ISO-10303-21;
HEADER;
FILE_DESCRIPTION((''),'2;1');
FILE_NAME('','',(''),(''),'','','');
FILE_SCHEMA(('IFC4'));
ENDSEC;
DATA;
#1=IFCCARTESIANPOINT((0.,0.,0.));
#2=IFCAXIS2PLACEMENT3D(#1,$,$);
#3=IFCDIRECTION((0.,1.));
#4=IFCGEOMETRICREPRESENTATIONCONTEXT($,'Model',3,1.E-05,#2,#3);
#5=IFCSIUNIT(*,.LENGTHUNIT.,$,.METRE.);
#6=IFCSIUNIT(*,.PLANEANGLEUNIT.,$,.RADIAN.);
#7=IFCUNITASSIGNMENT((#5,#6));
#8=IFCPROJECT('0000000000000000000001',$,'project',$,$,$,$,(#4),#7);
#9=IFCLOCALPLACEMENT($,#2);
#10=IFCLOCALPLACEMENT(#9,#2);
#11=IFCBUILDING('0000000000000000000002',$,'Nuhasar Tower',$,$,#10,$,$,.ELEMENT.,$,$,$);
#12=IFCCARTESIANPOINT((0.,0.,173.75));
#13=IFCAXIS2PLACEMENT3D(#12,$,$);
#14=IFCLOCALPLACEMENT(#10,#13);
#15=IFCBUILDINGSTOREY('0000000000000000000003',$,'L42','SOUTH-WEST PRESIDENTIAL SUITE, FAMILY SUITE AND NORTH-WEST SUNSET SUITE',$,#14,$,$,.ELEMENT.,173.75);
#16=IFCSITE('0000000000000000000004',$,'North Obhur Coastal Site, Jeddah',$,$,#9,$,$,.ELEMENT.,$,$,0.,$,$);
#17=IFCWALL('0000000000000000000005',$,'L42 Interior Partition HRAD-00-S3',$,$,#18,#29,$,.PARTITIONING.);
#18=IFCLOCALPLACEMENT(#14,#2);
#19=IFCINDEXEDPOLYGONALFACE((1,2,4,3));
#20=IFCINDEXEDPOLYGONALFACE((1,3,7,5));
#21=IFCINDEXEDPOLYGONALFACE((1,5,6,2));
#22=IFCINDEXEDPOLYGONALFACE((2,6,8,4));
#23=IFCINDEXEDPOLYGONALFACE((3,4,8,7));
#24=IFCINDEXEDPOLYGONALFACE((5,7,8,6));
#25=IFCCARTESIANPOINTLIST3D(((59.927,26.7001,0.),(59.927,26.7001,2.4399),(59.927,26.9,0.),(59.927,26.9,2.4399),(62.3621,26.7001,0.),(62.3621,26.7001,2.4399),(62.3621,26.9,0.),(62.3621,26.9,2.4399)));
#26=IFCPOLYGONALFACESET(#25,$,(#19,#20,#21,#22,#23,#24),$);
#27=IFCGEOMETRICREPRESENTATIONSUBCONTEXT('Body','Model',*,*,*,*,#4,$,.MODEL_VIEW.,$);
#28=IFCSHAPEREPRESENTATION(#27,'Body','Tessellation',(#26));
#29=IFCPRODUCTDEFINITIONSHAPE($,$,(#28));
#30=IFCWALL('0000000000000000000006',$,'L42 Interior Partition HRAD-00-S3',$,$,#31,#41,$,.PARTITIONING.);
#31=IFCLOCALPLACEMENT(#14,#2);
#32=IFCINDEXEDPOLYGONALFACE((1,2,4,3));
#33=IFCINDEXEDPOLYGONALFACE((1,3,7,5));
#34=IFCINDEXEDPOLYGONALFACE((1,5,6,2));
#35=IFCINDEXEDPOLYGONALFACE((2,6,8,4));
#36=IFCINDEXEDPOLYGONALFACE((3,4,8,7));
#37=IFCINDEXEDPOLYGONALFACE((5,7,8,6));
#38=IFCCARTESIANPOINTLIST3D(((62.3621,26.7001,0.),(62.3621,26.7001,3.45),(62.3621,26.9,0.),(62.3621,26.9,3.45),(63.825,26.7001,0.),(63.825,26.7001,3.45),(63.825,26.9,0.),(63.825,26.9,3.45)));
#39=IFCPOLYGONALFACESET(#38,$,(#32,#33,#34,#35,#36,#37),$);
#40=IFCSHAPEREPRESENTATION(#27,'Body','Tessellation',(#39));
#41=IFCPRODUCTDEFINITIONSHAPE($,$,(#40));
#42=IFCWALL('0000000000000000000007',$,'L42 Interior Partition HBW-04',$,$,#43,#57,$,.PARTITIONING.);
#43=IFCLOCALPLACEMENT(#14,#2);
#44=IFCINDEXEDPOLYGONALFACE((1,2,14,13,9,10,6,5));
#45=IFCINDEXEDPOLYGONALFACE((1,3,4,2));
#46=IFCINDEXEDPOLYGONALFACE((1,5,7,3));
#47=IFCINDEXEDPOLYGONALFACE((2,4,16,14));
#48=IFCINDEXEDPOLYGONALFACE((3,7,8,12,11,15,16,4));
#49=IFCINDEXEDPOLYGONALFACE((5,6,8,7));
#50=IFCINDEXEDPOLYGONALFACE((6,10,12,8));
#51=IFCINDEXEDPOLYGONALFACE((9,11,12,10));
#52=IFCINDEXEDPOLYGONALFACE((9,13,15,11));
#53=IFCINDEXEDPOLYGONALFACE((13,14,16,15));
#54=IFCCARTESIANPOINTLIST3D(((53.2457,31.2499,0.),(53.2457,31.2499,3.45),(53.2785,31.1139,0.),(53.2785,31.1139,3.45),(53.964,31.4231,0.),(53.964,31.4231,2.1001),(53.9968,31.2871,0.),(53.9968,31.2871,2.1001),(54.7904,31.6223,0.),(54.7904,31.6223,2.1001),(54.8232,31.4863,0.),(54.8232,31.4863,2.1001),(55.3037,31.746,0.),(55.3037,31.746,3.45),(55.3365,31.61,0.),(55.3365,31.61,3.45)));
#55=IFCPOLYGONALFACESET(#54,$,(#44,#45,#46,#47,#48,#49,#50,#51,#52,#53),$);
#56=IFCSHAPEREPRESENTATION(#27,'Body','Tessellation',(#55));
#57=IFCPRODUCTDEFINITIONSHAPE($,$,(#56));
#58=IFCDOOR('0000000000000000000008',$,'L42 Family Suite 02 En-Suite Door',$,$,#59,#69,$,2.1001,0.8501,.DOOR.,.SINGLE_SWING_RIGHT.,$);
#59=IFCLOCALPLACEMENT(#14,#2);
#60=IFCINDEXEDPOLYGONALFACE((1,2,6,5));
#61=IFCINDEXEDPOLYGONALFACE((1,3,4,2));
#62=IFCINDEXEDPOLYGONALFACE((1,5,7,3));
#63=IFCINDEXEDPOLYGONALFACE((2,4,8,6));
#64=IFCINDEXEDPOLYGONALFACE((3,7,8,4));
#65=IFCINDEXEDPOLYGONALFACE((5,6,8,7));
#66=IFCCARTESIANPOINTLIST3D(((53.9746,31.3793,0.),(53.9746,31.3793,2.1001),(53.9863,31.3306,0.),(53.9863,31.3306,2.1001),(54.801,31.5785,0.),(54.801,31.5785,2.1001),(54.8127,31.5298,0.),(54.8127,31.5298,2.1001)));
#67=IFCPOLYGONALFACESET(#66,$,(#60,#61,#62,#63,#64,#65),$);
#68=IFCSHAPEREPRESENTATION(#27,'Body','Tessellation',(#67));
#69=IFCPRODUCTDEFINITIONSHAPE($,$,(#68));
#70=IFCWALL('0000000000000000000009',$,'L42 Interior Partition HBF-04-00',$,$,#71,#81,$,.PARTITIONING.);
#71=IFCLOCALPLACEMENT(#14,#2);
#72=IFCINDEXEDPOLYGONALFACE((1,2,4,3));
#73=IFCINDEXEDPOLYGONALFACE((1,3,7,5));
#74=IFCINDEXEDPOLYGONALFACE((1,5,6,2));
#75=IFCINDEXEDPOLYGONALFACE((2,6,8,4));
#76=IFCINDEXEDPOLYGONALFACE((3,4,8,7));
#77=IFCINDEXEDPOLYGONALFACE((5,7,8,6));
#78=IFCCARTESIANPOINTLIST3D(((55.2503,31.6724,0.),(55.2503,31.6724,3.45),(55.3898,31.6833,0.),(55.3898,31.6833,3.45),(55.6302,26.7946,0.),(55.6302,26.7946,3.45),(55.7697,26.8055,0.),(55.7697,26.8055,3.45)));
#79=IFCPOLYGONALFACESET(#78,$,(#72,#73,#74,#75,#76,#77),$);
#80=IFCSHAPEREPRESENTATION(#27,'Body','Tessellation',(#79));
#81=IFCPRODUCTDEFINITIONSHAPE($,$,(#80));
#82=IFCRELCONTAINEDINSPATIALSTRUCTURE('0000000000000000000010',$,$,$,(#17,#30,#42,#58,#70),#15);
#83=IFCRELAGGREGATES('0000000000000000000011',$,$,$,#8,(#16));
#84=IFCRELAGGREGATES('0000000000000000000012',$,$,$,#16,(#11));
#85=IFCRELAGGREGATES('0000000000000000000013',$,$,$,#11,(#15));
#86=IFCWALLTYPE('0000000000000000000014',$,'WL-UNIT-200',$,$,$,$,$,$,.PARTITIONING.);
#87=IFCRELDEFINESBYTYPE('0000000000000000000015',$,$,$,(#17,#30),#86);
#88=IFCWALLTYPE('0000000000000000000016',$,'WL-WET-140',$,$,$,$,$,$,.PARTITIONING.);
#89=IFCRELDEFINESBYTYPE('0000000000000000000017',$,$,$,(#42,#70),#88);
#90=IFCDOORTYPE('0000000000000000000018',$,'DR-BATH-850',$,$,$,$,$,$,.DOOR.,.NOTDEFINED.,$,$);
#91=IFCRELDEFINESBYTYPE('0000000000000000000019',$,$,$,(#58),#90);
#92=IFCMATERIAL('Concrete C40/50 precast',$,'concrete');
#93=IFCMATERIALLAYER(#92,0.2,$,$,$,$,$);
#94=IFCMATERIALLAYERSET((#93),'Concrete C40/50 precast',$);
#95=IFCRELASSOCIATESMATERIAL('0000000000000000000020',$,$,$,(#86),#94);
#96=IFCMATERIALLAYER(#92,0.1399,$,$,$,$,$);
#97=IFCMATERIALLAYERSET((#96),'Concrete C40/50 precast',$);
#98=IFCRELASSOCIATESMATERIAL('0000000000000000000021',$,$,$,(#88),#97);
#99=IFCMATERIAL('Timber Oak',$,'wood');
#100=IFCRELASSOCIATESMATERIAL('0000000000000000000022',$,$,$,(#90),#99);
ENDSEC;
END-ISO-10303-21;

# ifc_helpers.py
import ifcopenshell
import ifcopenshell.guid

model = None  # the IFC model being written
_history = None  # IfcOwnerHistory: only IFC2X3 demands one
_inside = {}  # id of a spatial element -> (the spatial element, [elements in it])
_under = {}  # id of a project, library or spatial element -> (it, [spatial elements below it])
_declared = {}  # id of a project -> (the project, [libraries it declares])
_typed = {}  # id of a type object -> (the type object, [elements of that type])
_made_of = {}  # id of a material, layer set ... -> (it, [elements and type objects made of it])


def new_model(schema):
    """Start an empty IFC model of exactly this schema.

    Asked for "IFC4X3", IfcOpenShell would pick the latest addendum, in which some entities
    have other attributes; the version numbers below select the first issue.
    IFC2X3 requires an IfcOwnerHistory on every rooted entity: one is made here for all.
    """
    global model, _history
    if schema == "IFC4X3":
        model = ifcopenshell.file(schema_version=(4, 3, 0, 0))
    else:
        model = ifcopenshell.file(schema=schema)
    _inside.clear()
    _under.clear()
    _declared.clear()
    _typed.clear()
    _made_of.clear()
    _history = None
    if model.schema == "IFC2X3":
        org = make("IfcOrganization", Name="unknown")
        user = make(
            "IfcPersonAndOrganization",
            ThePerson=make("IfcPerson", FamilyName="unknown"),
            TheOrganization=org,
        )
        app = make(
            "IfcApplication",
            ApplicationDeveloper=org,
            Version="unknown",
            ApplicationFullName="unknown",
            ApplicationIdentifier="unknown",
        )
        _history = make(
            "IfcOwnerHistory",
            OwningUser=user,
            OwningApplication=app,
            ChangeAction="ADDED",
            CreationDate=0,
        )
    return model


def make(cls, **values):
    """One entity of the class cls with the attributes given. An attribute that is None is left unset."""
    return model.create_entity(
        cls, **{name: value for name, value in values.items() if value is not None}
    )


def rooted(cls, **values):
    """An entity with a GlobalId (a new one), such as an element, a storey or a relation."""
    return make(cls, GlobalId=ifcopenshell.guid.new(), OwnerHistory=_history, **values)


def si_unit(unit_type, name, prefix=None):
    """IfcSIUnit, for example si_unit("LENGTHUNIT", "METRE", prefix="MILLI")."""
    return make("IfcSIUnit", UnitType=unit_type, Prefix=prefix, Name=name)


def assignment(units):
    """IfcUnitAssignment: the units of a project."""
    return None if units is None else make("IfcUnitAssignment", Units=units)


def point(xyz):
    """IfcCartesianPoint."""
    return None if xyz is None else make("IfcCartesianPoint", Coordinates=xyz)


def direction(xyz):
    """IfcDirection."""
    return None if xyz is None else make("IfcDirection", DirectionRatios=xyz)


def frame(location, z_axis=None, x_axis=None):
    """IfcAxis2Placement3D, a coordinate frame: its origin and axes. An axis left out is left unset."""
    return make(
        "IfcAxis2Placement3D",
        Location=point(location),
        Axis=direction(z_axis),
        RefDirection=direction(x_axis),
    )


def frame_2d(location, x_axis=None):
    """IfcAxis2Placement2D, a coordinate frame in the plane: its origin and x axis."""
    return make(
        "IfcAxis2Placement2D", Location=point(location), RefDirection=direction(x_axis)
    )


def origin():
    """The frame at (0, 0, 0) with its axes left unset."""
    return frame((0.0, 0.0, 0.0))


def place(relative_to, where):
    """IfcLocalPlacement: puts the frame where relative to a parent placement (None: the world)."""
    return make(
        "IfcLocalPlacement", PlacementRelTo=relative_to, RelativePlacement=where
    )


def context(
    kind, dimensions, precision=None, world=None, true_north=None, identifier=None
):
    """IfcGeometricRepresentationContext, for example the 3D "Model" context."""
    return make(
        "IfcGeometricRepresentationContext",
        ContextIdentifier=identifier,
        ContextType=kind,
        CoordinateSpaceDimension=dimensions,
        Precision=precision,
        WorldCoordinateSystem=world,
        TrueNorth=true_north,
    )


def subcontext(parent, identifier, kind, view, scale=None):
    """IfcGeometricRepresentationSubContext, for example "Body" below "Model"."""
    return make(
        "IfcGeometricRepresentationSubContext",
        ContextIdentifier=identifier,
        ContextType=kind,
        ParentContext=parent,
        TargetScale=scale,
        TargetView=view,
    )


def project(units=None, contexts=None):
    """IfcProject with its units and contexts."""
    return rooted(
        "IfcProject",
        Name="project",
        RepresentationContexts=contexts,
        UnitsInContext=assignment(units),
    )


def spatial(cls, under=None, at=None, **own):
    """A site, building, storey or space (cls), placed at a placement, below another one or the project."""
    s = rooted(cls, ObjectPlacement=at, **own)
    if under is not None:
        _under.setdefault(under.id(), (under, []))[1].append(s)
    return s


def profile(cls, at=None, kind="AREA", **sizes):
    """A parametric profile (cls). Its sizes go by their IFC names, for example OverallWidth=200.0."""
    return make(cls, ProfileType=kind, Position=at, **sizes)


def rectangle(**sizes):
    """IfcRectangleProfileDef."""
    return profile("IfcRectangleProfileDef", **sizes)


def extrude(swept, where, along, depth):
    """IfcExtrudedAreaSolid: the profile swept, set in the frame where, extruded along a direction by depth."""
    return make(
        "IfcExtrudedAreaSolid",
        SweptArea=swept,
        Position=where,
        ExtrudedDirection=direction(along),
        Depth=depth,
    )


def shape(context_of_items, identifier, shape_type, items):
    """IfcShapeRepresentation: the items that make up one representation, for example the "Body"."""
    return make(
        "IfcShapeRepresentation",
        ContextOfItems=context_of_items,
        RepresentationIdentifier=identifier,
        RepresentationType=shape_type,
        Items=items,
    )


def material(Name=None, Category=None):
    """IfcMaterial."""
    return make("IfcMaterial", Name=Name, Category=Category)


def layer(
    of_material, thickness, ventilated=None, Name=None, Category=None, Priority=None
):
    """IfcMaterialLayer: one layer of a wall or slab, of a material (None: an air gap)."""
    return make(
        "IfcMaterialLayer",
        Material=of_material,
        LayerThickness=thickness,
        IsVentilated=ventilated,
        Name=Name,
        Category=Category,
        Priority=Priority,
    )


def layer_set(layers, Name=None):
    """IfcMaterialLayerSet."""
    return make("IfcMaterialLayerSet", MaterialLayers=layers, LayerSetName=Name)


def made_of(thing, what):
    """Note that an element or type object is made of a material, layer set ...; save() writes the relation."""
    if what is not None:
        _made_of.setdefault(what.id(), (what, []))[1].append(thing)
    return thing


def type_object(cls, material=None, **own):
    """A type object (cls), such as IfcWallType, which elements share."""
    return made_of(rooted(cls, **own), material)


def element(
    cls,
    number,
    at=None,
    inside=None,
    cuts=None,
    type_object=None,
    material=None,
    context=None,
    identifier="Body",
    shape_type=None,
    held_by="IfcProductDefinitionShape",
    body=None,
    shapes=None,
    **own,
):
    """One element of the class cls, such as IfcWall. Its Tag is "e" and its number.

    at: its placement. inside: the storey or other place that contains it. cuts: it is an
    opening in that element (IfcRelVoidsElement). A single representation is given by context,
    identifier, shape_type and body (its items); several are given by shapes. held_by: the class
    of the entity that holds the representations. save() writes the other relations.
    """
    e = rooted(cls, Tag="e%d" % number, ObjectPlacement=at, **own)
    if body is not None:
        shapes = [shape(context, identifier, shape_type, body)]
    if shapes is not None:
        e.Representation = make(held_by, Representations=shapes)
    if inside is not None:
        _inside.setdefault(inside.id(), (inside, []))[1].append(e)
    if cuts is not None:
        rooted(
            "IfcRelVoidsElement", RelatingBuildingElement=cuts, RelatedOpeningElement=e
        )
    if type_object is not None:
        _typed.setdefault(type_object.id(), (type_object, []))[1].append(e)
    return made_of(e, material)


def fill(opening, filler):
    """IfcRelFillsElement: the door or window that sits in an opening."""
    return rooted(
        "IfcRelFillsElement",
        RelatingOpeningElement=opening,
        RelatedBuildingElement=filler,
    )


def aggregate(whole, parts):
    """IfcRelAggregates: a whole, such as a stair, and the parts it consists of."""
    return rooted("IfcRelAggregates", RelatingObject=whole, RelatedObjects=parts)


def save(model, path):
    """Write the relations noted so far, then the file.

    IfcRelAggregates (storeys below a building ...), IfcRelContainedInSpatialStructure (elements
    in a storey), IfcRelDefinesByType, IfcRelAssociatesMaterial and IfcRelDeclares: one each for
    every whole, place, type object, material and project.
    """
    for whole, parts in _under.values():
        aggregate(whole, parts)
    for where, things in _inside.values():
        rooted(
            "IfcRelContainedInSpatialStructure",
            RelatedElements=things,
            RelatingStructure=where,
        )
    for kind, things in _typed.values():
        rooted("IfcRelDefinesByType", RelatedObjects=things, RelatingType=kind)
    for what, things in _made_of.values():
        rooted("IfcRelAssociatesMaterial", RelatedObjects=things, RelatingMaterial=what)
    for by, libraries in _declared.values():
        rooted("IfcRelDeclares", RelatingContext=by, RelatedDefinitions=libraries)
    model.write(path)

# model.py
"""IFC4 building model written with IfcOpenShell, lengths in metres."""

from ifc_helpers import new_model, si_unit, direction, frame, frame_2d, origin, place, context, subcontext, project, spatial, rectangle, extrude, material, layer, layer_set, type_object, element, fill, save


model = new_model("IFC4")

# Units and contexts
model_context = context("Model", 3, precision=1e-05, world=origin(), true_north=direction((0.0, 1.0)))
body_context = subcontext(model_context, "Body", "Model", "MODEL_VIEW")
ifc_project = project(units=[si_unit("LENGTHUNIT", "METRE"), si_unit("PLANEANGLEUNIT", "RADIAN")], contexts=[model_context])

# Site, building, storey
site_placement = place(None, origin())
site = spatial("IfcSite", under=ifc_project, at=site_placement, Name="North Obhur Coastal Site, Jeddah", CompositionType="ELEMENT", RefElevation=0.0)
building_placement = place(site_placement, origin())
building = spatial("IfcBuilding", under=site, at=building_placement, Name="Nuhasar Tower", CompositionType="ELEMENT")
storey_placement = place(building_placement, frame((0.0, 0.0, 173.75)))
storey = spatial("IfcBuildingStorey", under=building, at=storey_placement, Name="L42", Description="SOUTH-WEST PRESIDENTIAL SUITE, FAMILY SUITE AND NORTH-WEST SUNSET SUITE", CompositionType="ELEMENT", Elevation=173.75)

# Walls
ifc_material_1 = material(Name="Concrete C40/50 precast", Category="concrete")
ifc_layer_1 = layer(ifc_material_1, 0.2)
ifc_layer_set_1 = layer_set([ifc_layer_1], Name="Concrete C40/50 precast")
wall_type_1 = type_object("IfcWallType", Name="WL-UNIT-200", PredefinedType="PARTITIONING", material=ifc_layer_set_1)
wall_1_placement = place(storey_placement, frame((59.927, 26.8, 0.0), z_axis=(0.0, 0.0, 1.0), x_axis=(1.0, 0.0, 0.0)))
element("IfcWall", 1, at=wall_1_placement, inside=storey, type_object=wall_type_1, Name="L42 Interior Partition HRAD-00-S3", PredefinedType="PARTITIONING", context=body_context, shape_type="SweptSolid", body=[
    extrude(rectangle(XDim=2.4351, YDim=0.2, at=frame_2d((1.2175, 0.0))), origin(), (0.0, 0.0, 1.0), 2.4399),
])
wall_2_placement = place(storey_placement, frame((62.3621, 26.8, 0.0), z_axis=(0.0, 0.0, 1.0), x_axis=(1.0, 0.0, 0.0)))
element("IfcWall", 2, at=wall_2_placement, inside=storey, type_object=wall_type_1, Name="L42 Interior Partition HRAD-00-S3", PredefinedType="PARTITIONING", context=body_context, shape_type="SweptSolid", body=[
    extrude(rectangle(XDim=1.4629, YDim=0.2, at=frame_2d((0.7314, 0.0))), origin(), (0.0, 0.0, 1.0), 3.45),
])

# Wall, opening, door
ifc_layer_2 = layer(ifc_material_1, 0.1399)
ifc_layer_set_2 = layer_set([ifc_layer_2], Name="Concrete C40/50 precast")
wall_type_2 = type_object("IfcWallType", Name="WL-WET-140", PredefinedType="PARTITIONING", material=ifc_layer_set_2)
wall_3_placement = place(storey_placement, frame((53.262, 31.1819, 0.0), z_axis=(0.0, 0.0, 1.0), x_axis=(0.972157, 0.234332, 0.0)))
wall_3 = element("IfcWall", 3, at=wall_3_placement, inside=storey, type_object=wall_type_2, Name="L42 Interior Partition HBW-04", PredefinedType="PARTITIONING", context=body_context, shape_type="SweptSolid", body=[
    extrude(rectangle(XDim=2.1169, YDim=0.1399, at=frame_2d((1.0586, 0.0))), origin(), (0.0, 0.0, 1.0), 3.45),
])
opening_placement = place(wall_3_placement, frame((0.739, 0.0, 0.0)))
opening = element("IfcOpeningElement", 4, at=opening_placement, cuts=wall_3, PredefinedType="OPENING", context=body_context, shape_type="SweptSolid", body=[
    extrude(rectangle(XDim=0.8501, YDim=2.1001, at=frame_2d((0.425, 1.05))), frame((0.0, 0.0801, 0.0), z_axis=(0.0, -1.0, 0.0), x_axis=(1.0, 0.0, 0.0)), (0.0, 0.0, 1.0), 0.1599),
])
ifc_material_2 = material(Name="Timber Oak", Category="wood")
door_type = type_object("IfcDoorType", Name="DR-BATH-850", OperationType="NOTDEFINED", PredefinedType="DOOR", material=ifc_material_2)
door_placement = place(opening_placement, origin())
door = element("IfcDoor", 5, at=door_placement, inside=storey, type_object=door_type, Name="L42 Family Suite 02 En-Suite Door", OperationType="SINGLE_SWING_RIGHT", OverallHeight=2.1001, OverallWidth=0.8501, PredefinedType="DOOR", context=body_context, shape_type="SweptSolid", body=[
    extrude(rectangle(XDim=0.8501, YDim=2.1001, at=frame_2d((0.425, 1.05))), frame((0.0, 0.0249, 0.0), z_axis=(0.0, -1.0, 0.0), x_axis=(1.0, 0.0, 0.0)), (0.0, 0.0, 1.0), 0.05),
])
fill(opening, door)

# Wall
wall_4_placement = place(storey_placement, frame((55.7, 26.8, 0.0), z_axis=(0.0, 0.0, 1.0), x_axis=(-0.077643, 0.996981, 0.0)))
element("IfcWall", 6, at=wall_4_placement, inside=storey, type_object=wall_type_2, Name="L42 Interior Partition HBF-04-00", PredefinedType="PARTITIONING", context=body_context, shape_type="SweptSolid", body=[
    extrude(rectangle(XDim=4.8926, YDim=0.1399, at=frame_2d((2.4463, 0.0))), origin(), (0.0, 0.0, 1.0), 3.45),
])

save(model, "model.ifc")
